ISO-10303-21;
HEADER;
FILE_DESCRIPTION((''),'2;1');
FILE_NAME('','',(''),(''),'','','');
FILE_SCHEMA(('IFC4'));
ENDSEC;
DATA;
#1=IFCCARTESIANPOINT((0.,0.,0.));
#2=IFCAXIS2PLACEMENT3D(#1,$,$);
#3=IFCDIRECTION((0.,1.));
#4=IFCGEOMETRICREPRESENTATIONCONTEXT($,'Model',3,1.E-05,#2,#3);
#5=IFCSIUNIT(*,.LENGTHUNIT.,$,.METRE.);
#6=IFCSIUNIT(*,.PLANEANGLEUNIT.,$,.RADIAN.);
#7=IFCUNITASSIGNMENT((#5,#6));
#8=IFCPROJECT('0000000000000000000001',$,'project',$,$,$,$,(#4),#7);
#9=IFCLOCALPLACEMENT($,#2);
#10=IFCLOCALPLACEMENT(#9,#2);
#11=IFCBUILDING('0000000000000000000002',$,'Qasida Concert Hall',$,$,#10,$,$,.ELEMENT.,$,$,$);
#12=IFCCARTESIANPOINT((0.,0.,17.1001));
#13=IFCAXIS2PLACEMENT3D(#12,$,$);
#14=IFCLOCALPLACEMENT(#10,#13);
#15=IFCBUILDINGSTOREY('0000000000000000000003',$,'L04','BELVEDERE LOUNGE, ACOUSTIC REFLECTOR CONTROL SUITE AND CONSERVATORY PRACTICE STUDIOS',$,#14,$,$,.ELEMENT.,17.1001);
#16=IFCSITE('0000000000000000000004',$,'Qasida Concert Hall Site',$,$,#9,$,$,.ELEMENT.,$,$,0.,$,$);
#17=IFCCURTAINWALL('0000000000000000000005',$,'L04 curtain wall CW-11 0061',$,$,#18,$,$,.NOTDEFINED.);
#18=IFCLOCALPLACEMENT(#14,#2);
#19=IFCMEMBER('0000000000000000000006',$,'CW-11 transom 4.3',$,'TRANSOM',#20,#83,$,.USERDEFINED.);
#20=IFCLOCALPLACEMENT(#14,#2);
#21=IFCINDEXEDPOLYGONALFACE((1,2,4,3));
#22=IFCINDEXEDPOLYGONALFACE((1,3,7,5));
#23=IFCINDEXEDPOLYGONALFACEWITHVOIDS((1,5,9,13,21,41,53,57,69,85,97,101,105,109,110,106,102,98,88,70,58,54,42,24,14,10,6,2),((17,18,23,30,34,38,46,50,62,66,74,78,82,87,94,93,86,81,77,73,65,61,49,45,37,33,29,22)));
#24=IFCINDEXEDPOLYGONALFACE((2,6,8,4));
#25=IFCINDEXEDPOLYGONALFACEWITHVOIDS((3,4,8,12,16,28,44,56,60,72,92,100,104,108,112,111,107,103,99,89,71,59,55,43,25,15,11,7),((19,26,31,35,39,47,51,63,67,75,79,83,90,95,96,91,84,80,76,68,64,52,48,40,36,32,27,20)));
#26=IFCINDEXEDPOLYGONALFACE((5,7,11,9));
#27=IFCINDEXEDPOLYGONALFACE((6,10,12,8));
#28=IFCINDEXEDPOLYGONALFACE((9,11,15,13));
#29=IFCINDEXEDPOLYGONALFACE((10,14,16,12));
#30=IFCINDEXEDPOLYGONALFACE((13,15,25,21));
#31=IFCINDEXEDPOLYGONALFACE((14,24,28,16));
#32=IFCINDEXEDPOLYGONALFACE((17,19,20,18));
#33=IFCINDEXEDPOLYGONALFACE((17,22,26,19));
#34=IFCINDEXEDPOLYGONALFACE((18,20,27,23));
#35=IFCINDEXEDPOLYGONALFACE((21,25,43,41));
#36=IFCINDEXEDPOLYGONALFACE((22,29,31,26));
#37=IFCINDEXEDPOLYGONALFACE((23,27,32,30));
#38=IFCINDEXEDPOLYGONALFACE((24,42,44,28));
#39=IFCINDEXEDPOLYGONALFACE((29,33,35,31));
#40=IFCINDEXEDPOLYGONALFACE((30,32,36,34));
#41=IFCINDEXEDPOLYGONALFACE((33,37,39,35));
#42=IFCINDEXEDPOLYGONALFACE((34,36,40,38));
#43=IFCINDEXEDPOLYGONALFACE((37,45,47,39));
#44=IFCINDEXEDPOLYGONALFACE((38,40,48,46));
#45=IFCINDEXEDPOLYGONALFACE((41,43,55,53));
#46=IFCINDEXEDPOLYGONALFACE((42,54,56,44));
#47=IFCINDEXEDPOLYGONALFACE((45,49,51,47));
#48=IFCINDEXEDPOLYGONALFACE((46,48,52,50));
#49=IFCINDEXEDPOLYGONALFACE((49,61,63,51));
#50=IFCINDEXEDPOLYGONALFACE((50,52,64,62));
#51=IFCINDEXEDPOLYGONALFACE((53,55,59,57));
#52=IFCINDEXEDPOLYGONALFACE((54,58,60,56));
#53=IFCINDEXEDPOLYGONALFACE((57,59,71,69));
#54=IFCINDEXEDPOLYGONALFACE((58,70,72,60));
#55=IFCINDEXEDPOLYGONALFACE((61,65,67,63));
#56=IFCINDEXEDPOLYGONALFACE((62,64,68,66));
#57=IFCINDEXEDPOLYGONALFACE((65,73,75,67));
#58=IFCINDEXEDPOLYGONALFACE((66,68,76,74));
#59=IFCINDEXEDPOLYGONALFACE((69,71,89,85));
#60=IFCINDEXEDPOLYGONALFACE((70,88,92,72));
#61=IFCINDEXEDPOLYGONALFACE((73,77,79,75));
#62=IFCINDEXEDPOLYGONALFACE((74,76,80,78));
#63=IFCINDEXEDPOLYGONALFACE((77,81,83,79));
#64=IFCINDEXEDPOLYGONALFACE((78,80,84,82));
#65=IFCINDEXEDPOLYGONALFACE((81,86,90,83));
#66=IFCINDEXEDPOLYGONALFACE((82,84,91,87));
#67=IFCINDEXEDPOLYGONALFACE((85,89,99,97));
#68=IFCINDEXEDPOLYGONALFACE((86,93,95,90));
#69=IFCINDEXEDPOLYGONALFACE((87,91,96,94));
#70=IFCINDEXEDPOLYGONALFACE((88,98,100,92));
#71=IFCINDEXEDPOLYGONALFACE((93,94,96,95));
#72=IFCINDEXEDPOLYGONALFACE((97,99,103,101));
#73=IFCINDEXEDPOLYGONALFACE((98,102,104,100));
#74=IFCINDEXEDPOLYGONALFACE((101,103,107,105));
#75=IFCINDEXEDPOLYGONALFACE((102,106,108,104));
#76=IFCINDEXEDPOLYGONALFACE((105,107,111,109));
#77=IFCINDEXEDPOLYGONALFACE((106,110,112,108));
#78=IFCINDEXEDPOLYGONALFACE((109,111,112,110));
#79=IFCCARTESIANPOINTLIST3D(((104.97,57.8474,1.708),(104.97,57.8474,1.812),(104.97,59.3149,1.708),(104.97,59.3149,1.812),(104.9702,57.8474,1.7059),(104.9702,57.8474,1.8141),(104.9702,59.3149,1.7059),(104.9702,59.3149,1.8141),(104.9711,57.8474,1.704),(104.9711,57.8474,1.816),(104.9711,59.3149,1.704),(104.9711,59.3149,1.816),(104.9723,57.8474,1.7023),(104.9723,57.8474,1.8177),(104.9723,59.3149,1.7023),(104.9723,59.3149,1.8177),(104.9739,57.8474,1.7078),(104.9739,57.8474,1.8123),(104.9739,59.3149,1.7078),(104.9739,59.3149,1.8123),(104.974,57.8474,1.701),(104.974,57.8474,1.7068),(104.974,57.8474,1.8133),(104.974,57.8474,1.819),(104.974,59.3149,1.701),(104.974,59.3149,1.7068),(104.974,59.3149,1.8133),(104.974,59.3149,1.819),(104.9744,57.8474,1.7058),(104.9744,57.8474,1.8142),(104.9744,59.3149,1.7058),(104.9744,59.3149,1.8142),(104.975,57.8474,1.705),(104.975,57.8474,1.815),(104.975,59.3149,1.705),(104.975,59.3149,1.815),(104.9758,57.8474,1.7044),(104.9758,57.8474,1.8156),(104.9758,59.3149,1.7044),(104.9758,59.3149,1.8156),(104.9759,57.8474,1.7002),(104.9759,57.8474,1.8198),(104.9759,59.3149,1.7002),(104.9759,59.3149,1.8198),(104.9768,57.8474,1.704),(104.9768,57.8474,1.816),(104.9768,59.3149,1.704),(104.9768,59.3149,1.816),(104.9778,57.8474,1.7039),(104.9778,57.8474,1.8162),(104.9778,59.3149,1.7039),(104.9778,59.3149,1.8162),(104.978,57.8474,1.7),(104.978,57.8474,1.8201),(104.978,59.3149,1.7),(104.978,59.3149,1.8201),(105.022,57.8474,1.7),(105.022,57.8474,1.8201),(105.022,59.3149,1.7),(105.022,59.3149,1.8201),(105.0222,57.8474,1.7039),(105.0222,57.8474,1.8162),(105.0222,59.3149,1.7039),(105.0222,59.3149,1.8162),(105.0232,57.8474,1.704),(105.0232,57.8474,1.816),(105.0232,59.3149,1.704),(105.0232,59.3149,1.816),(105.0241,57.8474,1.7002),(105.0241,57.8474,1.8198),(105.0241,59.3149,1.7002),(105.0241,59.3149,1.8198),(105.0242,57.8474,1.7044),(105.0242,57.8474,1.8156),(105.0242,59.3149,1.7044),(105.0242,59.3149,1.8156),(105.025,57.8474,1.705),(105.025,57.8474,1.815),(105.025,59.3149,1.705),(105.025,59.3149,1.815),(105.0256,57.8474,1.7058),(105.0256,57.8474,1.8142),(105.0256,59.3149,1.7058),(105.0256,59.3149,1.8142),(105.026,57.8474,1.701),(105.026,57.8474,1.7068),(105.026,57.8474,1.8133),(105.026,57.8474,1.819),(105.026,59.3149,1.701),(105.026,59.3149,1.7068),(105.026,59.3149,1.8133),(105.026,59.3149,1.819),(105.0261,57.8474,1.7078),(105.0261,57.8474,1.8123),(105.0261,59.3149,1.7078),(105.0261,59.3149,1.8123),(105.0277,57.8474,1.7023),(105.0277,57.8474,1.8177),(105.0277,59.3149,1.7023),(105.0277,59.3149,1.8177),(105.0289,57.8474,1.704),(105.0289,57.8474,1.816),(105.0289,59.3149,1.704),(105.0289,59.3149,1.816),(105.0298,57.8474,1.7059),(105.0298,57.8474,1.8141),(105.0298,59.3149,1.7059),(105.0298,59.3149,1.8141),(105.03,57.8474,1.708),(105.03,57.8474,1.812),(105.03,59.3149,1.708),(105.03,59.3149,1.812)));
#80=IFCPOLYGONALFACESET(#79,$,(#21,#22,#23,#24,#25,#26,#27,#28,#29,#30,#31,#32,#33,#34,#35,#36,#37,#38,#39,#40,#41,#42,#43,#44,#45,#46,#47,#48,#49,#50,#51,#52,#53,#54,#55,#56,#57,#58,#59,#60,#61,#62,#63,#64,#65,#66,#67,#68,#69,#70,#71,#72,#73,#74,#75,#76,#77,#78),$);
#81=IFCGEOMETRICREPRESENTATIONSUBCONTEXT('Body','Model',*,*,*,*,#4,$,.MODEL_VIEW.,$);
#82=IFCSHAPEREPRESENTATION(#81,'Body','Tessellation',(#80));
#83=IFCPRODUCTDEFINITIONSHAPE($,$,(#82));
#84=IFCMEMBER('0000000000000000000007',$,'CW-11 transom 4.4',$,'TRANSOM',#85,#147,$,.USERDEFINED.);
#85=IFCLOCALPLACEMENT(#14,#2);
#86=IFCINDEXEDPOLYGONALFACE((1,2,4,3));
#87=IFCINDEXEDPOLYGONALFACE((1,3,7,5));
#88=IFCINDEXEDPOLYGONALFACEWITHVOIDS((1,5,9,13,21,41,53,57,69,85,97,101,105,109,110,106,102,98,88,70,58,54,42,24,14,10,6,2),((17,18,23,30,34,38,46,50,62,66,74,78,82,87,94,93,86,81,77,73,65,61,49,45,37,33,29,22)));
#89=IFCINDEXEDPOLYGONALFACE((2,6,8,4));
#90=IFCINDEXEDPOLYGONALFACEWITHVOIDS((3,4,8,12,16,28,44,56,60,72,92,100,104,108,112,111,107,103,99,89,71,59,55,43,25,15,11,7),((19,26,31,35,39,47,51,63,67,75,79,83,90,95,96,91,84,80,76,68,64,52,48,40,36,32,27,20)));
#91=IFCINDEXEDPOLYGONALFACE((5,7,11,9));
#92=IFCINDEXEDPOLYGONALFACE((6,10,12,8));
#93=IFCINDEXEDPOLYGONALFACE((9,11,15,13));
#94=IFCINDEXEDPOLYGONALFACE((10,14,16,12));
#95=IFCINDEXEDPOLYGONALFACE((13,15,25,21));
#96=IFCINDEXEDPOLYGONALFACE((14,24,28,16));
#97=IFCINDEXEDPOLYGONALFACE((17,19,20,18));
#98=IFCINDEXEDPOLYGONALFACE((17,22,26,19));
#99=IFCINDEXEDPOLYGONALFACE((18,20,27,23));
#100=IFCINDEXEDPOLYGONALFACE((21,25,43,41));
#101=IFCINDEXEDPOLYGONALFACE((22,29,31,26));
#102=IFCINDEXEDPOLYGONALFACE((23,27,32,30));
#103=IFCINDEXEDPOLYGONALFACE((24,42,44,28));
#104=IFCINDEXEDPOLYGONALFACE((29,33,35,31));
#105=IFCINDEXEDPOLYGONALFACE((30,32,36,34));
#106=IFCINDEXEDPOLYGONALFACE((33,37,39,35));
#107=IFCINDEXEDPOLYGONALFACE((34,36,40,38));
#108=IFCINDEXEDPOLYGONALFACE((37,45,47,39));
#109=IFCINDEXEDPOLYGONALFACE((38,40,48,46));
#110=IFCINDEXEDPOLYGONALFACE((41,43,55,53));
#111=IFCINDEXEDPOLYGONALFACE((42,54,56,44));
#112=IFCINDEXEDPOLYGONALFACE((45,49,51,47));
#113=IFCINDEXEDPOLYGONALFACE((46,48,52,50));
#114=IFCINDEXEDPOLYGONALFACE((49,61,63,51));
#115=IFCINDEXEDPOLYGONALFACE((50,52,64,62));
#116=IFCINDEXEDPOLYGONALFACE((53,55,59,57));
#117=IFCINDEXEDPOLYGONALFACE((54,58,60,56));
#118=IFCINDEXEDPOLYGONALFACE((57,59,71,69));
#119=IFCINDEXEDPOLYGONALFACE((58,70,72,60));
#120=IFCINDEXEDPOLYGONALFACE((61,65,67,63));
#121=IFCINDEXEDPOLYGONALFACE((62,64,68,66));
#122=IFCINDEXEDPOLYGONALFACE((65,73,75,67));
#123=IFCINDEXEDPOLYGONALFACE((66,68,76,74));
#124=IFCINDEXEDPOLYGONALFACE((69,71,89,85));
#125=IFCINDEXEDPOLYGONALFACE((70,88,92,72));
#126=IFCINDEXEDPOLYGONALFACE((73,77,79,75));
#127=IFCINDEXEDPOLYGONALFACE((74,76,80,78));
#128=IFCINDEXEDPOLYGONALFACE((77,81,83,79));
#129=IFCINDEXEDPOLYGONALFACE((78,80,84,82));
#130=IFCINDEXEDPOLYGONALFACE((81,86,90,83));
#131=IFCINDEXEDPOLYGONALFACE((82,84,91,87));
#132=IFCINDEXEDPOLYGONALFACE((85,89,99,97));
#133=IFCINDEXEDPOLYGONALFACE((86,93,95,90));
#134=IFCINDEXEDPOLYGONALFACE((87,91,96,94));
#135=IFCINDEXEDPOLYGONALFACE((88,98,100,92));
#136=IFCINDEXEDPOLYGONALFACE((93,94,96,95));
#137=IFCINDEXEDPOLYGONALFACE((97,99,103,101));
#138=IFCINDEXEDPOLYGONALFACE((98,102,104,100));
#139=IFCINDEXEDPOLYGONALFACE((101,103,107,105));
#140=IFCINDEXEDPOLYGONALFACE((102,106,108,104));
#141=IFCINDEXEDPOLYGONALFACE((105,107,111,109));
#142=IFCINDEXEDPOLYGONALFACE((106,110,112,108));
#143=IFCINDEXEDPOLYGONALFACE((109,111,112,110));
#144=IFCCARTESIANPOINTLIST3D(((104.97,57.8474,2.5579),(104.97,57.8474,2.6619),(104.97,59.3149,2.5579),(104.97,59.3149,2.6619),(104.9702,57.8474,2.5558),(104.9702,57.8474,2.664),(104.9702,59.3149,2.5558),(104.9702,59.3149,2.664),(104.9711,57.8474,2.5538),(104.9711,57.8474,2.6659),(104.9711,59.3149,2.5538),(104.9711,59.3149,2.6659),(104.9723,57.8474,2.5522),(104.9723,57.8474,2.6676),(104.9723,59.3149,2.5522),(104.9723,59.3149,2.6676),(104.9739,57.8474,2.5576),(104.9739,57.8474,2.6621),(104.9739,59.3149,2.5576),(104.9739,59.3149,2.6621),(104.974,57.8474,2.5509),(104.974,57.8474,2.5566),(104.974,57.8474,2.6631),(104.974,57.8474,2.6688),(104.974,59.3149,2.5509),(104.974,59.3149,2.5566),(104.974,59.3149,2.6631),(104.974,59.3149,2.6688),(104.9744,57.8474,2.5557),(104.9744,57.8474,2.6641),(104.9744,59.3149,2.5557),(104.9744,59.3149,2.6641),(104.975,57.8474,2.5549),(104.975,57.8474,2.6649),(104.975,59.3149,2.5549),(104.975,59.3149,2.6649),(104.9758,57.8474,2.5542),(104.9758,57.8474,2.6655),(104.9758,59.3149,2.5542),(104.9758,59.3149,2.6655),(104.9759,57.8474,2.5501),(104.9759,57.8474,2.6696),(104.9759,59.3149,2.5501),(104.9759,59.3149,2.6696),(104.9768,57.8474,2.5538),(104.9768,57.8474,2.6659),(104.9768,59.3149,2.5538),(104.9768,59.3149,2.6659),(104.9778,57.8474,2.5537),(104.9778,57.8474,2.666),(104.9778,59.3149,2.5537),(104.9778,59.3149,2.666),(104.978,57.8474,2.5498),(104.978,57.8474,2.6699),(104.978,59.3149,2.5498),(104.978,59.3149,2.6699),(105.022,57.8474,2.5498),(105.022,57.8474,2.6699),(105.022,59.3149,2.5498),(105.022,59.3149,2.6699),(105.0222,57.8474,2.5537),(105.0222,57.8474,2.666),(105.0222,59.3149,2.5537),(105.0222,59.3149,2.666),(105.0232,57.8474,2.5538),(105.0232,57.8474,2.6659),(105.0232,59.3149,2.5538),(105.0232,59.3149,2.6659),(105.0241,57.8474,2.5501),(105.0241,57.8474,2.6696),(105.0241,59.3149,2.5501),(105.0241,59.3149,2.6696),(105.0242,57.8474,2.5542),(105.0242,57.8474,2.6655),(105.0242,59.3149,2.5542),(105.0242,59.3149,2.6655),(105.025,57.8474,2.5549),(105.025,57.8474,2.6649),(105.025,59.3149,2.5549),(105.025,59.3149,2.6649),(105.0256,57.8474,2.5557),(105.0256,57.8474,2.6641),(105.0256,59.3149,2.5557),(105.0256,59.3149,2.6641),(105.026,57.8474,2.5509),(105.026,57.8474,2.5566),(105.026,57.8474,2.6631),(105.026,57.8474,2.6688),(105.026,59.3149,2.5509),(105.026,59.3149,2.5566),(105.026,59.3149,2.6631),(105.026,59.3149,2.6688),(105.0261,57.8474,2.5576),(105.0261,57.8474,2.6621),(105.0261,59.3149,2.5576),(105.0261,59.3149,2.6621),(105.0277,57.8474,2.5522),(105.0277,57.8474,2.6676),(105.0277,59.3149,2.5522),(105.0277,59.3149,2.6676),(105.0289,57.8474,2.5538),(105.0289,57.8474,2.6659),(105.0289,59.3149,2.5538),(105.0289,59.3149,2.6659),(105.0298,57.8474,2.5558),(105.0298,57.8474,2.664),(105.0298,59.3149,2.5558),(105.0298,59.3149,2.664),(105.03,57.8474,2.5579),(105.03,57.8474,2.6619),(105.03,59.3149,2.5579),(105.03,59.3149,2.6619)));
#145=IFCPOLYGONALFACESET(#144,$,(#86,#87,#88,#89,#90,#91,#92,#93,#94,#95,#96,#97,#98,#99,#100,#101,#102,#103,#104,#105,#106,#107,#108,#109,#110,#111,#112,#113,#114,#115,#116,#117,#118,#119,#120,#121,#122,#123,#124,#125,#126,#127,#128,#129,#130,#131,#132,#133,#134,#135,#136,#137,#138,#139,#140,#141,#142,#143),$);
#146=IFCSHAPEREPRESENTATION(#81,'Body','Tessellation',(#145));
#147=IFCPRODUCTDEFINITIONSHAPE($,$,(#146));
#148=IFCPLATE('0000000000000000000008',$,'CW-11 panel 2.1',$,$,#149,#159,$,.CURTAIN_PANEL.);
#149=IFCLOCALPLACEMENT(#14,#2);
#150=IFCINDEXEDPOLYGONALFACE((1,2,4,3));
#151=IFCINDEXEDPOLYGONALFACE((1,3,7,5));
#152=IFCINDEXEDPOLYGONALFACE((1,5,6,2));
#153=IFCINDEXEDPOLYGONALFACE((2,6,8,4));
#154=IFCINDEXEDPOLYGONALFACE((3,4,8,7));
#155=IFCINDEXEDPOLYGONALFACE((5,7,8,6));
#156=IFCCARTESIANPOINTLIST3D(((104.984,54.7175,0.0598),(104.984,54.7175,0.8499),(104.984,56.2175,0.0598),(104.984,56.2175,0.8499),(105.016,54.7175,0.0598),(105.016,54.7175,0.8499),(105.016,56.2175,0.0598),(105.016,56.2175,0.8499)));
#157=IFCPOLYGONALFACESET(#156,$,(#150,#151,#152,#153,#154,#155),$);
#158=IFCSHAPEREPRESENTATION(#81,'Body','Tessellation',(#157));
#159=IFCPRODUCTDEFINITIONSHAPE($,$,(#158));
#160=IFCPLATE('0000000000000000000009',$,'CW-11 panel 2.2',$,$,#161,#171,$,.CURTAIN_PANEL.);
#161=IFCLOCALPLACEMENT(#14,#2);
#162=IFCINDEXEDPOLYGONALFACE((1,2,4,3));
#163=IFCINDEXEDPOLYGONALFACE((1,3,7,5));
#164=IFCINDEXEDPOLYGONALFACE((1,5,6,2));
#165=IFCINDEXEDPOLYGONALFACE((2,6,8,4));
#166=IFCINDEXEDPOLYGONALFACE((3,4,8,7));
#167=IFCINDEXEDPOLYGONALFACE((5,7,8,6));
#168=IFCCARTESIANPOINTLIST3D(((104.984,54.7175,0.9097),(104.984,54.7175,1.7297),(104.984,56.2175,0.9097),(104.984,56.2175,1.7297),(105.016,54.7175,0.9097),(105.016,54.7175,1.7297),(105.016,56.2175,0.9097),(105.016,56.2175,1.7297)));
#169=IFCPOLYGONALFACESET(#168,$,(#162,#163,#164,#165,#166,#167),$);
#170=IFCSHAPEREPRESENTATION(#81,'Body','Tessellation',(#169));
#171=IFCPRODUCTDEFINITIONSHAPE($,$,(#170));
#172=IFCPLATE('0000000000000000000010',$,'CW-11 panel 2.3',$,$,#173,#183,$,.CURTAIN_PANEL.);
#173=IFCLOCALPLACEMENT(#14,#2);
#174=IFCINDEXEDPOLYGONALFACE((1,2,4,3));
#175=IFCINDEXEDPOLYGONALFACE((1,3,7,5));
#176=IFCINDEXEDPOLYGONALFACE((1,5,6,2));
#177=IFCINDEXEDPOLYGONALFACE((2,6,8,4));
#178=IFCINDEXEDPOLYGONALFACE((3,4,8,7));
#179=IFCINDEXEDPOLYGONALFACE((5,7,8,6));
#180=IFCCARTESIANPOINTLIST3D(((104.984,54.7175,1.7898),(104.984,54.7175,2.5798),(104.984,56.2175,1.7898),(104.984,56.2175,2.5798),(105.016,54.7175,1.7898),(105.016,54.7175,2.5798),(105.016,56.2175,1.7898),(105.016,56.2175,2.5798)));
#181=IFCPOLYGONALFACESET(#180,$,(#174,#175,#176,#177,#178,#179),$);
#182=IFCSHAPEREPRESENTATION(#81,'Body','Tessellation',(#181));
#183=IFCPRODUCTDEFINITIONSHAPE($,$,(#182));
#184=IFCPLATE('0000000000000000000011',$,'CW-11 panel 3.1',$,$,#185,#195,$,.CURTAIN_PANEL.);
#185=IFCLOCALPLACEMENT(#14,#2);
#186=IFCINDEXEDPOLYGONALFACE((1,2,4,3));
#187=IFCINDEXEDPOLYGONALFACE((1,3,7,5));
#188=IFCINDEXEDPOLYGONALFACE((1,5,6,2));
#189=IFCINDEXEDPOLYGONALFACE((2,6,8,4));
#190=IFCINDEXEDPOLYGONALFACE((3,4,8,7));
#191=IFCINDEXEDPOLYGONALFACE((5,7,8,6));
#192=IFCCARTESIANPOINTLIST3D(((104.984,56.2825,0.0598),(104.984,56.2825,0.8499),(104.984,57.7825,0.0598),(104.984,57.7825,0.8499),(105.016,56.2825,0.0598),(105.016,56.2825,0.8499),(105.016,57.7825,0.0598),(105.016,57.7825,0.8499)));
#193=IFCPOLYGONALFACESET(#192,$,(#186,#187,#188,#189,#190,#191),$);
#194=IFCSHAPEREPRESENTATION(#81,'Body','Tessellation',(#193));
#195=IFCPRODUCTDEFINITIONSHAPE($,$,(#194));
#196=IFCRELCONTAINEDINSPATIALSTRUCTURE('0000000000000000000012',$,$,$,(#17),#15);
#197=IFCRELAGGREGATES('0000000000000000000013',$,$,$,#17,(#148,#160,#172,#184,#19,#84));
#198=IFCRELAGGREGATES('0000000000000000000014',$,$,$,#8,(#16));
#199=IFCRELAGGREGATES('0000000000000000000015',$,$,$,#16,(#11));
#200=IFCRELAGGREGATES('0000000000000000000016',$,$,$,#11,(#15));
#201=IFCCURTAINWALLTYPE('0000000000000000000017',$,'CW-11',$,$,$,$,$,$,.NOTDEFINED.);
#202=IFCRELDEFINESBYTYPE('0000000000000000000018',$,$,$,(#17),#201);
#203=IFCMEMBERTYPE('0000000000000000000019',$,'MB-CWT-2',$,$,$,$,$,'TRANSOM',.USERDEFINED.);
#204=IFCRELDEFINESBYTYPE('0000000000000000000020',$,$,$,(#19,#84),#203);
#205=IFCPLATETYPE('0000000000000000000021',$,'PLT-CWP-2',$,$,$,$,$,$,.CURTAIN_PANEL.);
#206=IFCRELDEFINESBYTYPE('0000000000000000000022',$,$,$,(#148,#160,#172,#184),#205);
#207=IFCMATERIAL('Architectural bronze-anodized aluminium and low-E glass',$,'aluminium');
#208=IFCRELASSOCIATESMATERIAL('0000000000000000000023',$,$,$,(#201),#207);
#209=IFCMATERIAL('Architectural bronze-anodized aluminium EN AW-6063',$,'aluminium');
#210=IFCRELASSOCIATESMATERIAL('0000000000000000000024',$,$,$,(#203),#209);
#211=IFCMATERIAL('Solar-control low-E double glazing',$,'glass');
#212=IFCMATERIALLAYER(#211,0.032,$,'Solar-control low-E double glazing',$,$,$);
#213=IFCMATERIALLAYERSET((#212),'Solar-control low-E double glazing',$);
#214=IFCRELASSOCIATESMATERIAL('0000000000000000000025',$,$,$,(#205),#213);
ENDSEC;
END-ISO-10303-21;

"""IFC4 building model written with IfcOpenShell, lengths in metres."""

from ifc_helpers import new_model, si_unit, direction, frame, origin, origin_2d, place, context, subcontext, project, spatial, rectangle, hollow_rectangle, extrude, material, layer, layer_set, material_profile, profile_set, type_object, element, aggregate, save


model = new_model("IFC4")

# Units and contexts
model_context = context("Model", 3, precision=1e-05, world=origin(), true_north=direction((0.0, 1.0)))
body_context = subcontext(model_context, "Body", "Model", "MODEL_VIEW")
ifc_project = project(units=[si_unit("LENGTHUNIT", "METRE"), si_unit("PLANEANGLEUNIT", "RADIAN")], contexts=[model_context])

# Site, building, storey
site_placement = place(None, origin())
site = spatial("IfcSite", under=ifc_project, at=site_placement, Name="Qasida Concert Hall Site", CompositionType="ELEMENT", RefElevation=0.0)
building_placement = place(site_placement, origin())
building = spatial("IfcBuilding", under=site, at=building_placement, Name="Qasida Concert Hall", CompositionType="ELEMENT")
storey_placement = place(building_placement, frame((0.0, 0.0, 17.1001)))
storey = spatial("IfcBuildingStorey", under=building, at=storey_placement, Name="L04", Description="BELVEDERE LOUNGE, ACOUSTIC REFLECTOR CONTROL SUITE AND CONSERVATORY PRACTICE STUDIOS", CompositionType="ELEMENT", Elevation=17.1001)

# Curtain wall, members, plates
ifc_material_1 = material(Name="Architectural bronze-anodized aluminium and low-E glass", Category="aluminium")
curtain_wall_type = type_object("IfcCurtainWallType", Name="CW-11", PredefinedType="NOTDEFINED", material=ifc_material_1)
curtain_wall_placement = place(storey_placement, origin())
curtain_wall = element("IfcCurtainWall", 1, at=curtain_wall_placement, inside=storey, type_object=curtain_wall_type, Name="L04 curtain wall CW-11 0061", PredefinedType="NOTDEFINED")
ifc_material_2 = material(Name="Architectural bronze-anodized aluminium EN AW-6063", Category="aluminium")
ifc_material_profile_1 = material_profile(ifc_material_2, hollow_rectangle(XDim=0.0601, YDim=0.1201, WallThickness=0.0039, InnerFilletRadius=0.0039, OuterFilletRadius=0.0081, at=origin_2d()), Name="CWT 120x60x4")
ifc_profile_set_1 = profile_set([ifc_material_profile_1], Name="Architectural bronze-anodized aluminium EN AW-6063")
member_type_1 = type_object("IfcMemberType", Name="MB-CWT-2", ElementType="TRANSOM", PredefinedType="USERDEFINED", material=ifc_profile_set_1)
member_1_placement = place(storey_placement, frame((105.0, 57.8474, 1.76), z_axis=(0.0, 1.0, 0.0), x_axis=(-1.0, 0.0, 0.0)))
member_1 = element("IfcMember", 2, at=member_1_placement, type_object=member_type_1, Name="CW-11 transom 4.3", ObjectType="TRANSOM", PredefinedType="USERDEFINED", context=body_context, shape_type="SweptSolid", body=[
    extrude(hollow_rectangle(XDim=0.0601, YDim=0.1201, WallThickness=0.0039, InnerFilletRadius=0.0039, OuterFilletRadius=0.0081, at=origin_2d()), origin(), (0.0, 0.0, 1.0), 1.4675),
])
member_2_placement = place(storey_placement, frame((105.0, 57.8474, 2.6099), z_axis=(0.0, 1.0, 0.0), x_axis=(-1.0, 0.0, 0.0)))
member_2 = element("IfcMember", 3, at=member_2_placement, type_object=member_type_1, Name="CW-11 transom 4.4", ObjectType="TRANSOM", PredefinedType="USERDEFINED", context=body_context, shape_type="SweptSolid", body=[
    extrude(hollow_rectangle(XDim=0.0601, YDim=0.1201, WallThickness=0.0039, InnerFilletRadius=0.0039, OuterFilletRadius=0.0081, at=origin_2d()), origin(), (0.0, 0.0, 1.0), 1.4675),
])
ifc_material_3 = material(Name="Solar-control low-E double glazing", Category="glass")
ifc_layer = layer(ifc_material_3, 0.032, Name="Solar-control low-E double glazing")
ifc_layer_set = layer_set([ifc_layer], Name="Solar-control low-E double glazing")
plate_type = type_object("IfcPlateType", Name="PLT-CWP-2", PredefinedType="CURTAIN_PANEL", material=ifc_layer_set)
plate_1_placement = place(storey_placement, frame((105.0, 55.4675, 0.0598), z_axis=(0.0, 0.0, 1.0), x_axis=(0.0, 1.0, 0.0)))
plate_1 = element("IfcPlate", 4, at=plate_1_placement, type_object=plate_type, Name="CW-11 panel 2.1", PredefinedType="CURTAIN_PANEL", context=body_context, shape_type="SweptSolid", body=[
    extrude(rectangle(XDim=1.5, YDim=0.032, at=origin_2d()), origin(), (0.0, 0.0, 1.0), 0.79),
])
plate_2_placement = place(storey_placement, frame((105.0, 55.4675, 0.9097), z_axis=(0.0, 0.0, 1.0), x_axis=(0.0, 1.0, 0.0)))
plate_2 = element("IfcPlate", 5, at=plate_2_placement, type_object=plate_type, Name="CW-11 panel 2.2", PredefinedType="CURTAIN_PANEL", context=body_context, shape_type="SweptSolid", body=[
    extrude(rectangle(XDim=1.5, YDim=0.032, at=origin_2d()), origin(), (0.0, 0.0, 1.0), 0.8201),
])
plate_3_placement = place(storey_placement, frame((105.0, 55.4675, 1.7898), z_axis=(0.0, 0.0, 1.0), x_axis=(0.0, 1.0, 0.0)))
plate_3 = element("IfcPlate", 6, at=plate_3_placement, type_object=plate_type, Name="CW-11 panel 2.3", PredefinedType="CURTAIN_PANEL", context=body_context, shape_type="SweptSolid", body=[
    extrude(rectangle(XDim=1.5, YDim=0.032, at=origin_2d()), origin(), (0.0, 0.0, 1.0), 0.79),
])
plate_4_placement = place(storey_placement, frame((105.0, 57.0325, 0.0598), z_axis=(0.0, 0.0, 1.0), x_axis=(0.0, 1.0, 0.0)))
plate_4 = element("IfcPlate", 7, at=plate_4_placement, type_object=plate_type, Name="CW-11 panel 3.1", PredefinedType="CURTAIN_PANEL", context=body_context, shape_type="SweptSolid", body=[
    extrude(rectangle(XDim=1.5, YDim=0.032, at=origin_2d()), origin(), (0.0, 0.0, 1.0), 0.79),
])
aggregate(curtain_wall, [plate_1, plate_2, plate_3, plate_4, member_1, member_2])

save(model, "model.ifc")
